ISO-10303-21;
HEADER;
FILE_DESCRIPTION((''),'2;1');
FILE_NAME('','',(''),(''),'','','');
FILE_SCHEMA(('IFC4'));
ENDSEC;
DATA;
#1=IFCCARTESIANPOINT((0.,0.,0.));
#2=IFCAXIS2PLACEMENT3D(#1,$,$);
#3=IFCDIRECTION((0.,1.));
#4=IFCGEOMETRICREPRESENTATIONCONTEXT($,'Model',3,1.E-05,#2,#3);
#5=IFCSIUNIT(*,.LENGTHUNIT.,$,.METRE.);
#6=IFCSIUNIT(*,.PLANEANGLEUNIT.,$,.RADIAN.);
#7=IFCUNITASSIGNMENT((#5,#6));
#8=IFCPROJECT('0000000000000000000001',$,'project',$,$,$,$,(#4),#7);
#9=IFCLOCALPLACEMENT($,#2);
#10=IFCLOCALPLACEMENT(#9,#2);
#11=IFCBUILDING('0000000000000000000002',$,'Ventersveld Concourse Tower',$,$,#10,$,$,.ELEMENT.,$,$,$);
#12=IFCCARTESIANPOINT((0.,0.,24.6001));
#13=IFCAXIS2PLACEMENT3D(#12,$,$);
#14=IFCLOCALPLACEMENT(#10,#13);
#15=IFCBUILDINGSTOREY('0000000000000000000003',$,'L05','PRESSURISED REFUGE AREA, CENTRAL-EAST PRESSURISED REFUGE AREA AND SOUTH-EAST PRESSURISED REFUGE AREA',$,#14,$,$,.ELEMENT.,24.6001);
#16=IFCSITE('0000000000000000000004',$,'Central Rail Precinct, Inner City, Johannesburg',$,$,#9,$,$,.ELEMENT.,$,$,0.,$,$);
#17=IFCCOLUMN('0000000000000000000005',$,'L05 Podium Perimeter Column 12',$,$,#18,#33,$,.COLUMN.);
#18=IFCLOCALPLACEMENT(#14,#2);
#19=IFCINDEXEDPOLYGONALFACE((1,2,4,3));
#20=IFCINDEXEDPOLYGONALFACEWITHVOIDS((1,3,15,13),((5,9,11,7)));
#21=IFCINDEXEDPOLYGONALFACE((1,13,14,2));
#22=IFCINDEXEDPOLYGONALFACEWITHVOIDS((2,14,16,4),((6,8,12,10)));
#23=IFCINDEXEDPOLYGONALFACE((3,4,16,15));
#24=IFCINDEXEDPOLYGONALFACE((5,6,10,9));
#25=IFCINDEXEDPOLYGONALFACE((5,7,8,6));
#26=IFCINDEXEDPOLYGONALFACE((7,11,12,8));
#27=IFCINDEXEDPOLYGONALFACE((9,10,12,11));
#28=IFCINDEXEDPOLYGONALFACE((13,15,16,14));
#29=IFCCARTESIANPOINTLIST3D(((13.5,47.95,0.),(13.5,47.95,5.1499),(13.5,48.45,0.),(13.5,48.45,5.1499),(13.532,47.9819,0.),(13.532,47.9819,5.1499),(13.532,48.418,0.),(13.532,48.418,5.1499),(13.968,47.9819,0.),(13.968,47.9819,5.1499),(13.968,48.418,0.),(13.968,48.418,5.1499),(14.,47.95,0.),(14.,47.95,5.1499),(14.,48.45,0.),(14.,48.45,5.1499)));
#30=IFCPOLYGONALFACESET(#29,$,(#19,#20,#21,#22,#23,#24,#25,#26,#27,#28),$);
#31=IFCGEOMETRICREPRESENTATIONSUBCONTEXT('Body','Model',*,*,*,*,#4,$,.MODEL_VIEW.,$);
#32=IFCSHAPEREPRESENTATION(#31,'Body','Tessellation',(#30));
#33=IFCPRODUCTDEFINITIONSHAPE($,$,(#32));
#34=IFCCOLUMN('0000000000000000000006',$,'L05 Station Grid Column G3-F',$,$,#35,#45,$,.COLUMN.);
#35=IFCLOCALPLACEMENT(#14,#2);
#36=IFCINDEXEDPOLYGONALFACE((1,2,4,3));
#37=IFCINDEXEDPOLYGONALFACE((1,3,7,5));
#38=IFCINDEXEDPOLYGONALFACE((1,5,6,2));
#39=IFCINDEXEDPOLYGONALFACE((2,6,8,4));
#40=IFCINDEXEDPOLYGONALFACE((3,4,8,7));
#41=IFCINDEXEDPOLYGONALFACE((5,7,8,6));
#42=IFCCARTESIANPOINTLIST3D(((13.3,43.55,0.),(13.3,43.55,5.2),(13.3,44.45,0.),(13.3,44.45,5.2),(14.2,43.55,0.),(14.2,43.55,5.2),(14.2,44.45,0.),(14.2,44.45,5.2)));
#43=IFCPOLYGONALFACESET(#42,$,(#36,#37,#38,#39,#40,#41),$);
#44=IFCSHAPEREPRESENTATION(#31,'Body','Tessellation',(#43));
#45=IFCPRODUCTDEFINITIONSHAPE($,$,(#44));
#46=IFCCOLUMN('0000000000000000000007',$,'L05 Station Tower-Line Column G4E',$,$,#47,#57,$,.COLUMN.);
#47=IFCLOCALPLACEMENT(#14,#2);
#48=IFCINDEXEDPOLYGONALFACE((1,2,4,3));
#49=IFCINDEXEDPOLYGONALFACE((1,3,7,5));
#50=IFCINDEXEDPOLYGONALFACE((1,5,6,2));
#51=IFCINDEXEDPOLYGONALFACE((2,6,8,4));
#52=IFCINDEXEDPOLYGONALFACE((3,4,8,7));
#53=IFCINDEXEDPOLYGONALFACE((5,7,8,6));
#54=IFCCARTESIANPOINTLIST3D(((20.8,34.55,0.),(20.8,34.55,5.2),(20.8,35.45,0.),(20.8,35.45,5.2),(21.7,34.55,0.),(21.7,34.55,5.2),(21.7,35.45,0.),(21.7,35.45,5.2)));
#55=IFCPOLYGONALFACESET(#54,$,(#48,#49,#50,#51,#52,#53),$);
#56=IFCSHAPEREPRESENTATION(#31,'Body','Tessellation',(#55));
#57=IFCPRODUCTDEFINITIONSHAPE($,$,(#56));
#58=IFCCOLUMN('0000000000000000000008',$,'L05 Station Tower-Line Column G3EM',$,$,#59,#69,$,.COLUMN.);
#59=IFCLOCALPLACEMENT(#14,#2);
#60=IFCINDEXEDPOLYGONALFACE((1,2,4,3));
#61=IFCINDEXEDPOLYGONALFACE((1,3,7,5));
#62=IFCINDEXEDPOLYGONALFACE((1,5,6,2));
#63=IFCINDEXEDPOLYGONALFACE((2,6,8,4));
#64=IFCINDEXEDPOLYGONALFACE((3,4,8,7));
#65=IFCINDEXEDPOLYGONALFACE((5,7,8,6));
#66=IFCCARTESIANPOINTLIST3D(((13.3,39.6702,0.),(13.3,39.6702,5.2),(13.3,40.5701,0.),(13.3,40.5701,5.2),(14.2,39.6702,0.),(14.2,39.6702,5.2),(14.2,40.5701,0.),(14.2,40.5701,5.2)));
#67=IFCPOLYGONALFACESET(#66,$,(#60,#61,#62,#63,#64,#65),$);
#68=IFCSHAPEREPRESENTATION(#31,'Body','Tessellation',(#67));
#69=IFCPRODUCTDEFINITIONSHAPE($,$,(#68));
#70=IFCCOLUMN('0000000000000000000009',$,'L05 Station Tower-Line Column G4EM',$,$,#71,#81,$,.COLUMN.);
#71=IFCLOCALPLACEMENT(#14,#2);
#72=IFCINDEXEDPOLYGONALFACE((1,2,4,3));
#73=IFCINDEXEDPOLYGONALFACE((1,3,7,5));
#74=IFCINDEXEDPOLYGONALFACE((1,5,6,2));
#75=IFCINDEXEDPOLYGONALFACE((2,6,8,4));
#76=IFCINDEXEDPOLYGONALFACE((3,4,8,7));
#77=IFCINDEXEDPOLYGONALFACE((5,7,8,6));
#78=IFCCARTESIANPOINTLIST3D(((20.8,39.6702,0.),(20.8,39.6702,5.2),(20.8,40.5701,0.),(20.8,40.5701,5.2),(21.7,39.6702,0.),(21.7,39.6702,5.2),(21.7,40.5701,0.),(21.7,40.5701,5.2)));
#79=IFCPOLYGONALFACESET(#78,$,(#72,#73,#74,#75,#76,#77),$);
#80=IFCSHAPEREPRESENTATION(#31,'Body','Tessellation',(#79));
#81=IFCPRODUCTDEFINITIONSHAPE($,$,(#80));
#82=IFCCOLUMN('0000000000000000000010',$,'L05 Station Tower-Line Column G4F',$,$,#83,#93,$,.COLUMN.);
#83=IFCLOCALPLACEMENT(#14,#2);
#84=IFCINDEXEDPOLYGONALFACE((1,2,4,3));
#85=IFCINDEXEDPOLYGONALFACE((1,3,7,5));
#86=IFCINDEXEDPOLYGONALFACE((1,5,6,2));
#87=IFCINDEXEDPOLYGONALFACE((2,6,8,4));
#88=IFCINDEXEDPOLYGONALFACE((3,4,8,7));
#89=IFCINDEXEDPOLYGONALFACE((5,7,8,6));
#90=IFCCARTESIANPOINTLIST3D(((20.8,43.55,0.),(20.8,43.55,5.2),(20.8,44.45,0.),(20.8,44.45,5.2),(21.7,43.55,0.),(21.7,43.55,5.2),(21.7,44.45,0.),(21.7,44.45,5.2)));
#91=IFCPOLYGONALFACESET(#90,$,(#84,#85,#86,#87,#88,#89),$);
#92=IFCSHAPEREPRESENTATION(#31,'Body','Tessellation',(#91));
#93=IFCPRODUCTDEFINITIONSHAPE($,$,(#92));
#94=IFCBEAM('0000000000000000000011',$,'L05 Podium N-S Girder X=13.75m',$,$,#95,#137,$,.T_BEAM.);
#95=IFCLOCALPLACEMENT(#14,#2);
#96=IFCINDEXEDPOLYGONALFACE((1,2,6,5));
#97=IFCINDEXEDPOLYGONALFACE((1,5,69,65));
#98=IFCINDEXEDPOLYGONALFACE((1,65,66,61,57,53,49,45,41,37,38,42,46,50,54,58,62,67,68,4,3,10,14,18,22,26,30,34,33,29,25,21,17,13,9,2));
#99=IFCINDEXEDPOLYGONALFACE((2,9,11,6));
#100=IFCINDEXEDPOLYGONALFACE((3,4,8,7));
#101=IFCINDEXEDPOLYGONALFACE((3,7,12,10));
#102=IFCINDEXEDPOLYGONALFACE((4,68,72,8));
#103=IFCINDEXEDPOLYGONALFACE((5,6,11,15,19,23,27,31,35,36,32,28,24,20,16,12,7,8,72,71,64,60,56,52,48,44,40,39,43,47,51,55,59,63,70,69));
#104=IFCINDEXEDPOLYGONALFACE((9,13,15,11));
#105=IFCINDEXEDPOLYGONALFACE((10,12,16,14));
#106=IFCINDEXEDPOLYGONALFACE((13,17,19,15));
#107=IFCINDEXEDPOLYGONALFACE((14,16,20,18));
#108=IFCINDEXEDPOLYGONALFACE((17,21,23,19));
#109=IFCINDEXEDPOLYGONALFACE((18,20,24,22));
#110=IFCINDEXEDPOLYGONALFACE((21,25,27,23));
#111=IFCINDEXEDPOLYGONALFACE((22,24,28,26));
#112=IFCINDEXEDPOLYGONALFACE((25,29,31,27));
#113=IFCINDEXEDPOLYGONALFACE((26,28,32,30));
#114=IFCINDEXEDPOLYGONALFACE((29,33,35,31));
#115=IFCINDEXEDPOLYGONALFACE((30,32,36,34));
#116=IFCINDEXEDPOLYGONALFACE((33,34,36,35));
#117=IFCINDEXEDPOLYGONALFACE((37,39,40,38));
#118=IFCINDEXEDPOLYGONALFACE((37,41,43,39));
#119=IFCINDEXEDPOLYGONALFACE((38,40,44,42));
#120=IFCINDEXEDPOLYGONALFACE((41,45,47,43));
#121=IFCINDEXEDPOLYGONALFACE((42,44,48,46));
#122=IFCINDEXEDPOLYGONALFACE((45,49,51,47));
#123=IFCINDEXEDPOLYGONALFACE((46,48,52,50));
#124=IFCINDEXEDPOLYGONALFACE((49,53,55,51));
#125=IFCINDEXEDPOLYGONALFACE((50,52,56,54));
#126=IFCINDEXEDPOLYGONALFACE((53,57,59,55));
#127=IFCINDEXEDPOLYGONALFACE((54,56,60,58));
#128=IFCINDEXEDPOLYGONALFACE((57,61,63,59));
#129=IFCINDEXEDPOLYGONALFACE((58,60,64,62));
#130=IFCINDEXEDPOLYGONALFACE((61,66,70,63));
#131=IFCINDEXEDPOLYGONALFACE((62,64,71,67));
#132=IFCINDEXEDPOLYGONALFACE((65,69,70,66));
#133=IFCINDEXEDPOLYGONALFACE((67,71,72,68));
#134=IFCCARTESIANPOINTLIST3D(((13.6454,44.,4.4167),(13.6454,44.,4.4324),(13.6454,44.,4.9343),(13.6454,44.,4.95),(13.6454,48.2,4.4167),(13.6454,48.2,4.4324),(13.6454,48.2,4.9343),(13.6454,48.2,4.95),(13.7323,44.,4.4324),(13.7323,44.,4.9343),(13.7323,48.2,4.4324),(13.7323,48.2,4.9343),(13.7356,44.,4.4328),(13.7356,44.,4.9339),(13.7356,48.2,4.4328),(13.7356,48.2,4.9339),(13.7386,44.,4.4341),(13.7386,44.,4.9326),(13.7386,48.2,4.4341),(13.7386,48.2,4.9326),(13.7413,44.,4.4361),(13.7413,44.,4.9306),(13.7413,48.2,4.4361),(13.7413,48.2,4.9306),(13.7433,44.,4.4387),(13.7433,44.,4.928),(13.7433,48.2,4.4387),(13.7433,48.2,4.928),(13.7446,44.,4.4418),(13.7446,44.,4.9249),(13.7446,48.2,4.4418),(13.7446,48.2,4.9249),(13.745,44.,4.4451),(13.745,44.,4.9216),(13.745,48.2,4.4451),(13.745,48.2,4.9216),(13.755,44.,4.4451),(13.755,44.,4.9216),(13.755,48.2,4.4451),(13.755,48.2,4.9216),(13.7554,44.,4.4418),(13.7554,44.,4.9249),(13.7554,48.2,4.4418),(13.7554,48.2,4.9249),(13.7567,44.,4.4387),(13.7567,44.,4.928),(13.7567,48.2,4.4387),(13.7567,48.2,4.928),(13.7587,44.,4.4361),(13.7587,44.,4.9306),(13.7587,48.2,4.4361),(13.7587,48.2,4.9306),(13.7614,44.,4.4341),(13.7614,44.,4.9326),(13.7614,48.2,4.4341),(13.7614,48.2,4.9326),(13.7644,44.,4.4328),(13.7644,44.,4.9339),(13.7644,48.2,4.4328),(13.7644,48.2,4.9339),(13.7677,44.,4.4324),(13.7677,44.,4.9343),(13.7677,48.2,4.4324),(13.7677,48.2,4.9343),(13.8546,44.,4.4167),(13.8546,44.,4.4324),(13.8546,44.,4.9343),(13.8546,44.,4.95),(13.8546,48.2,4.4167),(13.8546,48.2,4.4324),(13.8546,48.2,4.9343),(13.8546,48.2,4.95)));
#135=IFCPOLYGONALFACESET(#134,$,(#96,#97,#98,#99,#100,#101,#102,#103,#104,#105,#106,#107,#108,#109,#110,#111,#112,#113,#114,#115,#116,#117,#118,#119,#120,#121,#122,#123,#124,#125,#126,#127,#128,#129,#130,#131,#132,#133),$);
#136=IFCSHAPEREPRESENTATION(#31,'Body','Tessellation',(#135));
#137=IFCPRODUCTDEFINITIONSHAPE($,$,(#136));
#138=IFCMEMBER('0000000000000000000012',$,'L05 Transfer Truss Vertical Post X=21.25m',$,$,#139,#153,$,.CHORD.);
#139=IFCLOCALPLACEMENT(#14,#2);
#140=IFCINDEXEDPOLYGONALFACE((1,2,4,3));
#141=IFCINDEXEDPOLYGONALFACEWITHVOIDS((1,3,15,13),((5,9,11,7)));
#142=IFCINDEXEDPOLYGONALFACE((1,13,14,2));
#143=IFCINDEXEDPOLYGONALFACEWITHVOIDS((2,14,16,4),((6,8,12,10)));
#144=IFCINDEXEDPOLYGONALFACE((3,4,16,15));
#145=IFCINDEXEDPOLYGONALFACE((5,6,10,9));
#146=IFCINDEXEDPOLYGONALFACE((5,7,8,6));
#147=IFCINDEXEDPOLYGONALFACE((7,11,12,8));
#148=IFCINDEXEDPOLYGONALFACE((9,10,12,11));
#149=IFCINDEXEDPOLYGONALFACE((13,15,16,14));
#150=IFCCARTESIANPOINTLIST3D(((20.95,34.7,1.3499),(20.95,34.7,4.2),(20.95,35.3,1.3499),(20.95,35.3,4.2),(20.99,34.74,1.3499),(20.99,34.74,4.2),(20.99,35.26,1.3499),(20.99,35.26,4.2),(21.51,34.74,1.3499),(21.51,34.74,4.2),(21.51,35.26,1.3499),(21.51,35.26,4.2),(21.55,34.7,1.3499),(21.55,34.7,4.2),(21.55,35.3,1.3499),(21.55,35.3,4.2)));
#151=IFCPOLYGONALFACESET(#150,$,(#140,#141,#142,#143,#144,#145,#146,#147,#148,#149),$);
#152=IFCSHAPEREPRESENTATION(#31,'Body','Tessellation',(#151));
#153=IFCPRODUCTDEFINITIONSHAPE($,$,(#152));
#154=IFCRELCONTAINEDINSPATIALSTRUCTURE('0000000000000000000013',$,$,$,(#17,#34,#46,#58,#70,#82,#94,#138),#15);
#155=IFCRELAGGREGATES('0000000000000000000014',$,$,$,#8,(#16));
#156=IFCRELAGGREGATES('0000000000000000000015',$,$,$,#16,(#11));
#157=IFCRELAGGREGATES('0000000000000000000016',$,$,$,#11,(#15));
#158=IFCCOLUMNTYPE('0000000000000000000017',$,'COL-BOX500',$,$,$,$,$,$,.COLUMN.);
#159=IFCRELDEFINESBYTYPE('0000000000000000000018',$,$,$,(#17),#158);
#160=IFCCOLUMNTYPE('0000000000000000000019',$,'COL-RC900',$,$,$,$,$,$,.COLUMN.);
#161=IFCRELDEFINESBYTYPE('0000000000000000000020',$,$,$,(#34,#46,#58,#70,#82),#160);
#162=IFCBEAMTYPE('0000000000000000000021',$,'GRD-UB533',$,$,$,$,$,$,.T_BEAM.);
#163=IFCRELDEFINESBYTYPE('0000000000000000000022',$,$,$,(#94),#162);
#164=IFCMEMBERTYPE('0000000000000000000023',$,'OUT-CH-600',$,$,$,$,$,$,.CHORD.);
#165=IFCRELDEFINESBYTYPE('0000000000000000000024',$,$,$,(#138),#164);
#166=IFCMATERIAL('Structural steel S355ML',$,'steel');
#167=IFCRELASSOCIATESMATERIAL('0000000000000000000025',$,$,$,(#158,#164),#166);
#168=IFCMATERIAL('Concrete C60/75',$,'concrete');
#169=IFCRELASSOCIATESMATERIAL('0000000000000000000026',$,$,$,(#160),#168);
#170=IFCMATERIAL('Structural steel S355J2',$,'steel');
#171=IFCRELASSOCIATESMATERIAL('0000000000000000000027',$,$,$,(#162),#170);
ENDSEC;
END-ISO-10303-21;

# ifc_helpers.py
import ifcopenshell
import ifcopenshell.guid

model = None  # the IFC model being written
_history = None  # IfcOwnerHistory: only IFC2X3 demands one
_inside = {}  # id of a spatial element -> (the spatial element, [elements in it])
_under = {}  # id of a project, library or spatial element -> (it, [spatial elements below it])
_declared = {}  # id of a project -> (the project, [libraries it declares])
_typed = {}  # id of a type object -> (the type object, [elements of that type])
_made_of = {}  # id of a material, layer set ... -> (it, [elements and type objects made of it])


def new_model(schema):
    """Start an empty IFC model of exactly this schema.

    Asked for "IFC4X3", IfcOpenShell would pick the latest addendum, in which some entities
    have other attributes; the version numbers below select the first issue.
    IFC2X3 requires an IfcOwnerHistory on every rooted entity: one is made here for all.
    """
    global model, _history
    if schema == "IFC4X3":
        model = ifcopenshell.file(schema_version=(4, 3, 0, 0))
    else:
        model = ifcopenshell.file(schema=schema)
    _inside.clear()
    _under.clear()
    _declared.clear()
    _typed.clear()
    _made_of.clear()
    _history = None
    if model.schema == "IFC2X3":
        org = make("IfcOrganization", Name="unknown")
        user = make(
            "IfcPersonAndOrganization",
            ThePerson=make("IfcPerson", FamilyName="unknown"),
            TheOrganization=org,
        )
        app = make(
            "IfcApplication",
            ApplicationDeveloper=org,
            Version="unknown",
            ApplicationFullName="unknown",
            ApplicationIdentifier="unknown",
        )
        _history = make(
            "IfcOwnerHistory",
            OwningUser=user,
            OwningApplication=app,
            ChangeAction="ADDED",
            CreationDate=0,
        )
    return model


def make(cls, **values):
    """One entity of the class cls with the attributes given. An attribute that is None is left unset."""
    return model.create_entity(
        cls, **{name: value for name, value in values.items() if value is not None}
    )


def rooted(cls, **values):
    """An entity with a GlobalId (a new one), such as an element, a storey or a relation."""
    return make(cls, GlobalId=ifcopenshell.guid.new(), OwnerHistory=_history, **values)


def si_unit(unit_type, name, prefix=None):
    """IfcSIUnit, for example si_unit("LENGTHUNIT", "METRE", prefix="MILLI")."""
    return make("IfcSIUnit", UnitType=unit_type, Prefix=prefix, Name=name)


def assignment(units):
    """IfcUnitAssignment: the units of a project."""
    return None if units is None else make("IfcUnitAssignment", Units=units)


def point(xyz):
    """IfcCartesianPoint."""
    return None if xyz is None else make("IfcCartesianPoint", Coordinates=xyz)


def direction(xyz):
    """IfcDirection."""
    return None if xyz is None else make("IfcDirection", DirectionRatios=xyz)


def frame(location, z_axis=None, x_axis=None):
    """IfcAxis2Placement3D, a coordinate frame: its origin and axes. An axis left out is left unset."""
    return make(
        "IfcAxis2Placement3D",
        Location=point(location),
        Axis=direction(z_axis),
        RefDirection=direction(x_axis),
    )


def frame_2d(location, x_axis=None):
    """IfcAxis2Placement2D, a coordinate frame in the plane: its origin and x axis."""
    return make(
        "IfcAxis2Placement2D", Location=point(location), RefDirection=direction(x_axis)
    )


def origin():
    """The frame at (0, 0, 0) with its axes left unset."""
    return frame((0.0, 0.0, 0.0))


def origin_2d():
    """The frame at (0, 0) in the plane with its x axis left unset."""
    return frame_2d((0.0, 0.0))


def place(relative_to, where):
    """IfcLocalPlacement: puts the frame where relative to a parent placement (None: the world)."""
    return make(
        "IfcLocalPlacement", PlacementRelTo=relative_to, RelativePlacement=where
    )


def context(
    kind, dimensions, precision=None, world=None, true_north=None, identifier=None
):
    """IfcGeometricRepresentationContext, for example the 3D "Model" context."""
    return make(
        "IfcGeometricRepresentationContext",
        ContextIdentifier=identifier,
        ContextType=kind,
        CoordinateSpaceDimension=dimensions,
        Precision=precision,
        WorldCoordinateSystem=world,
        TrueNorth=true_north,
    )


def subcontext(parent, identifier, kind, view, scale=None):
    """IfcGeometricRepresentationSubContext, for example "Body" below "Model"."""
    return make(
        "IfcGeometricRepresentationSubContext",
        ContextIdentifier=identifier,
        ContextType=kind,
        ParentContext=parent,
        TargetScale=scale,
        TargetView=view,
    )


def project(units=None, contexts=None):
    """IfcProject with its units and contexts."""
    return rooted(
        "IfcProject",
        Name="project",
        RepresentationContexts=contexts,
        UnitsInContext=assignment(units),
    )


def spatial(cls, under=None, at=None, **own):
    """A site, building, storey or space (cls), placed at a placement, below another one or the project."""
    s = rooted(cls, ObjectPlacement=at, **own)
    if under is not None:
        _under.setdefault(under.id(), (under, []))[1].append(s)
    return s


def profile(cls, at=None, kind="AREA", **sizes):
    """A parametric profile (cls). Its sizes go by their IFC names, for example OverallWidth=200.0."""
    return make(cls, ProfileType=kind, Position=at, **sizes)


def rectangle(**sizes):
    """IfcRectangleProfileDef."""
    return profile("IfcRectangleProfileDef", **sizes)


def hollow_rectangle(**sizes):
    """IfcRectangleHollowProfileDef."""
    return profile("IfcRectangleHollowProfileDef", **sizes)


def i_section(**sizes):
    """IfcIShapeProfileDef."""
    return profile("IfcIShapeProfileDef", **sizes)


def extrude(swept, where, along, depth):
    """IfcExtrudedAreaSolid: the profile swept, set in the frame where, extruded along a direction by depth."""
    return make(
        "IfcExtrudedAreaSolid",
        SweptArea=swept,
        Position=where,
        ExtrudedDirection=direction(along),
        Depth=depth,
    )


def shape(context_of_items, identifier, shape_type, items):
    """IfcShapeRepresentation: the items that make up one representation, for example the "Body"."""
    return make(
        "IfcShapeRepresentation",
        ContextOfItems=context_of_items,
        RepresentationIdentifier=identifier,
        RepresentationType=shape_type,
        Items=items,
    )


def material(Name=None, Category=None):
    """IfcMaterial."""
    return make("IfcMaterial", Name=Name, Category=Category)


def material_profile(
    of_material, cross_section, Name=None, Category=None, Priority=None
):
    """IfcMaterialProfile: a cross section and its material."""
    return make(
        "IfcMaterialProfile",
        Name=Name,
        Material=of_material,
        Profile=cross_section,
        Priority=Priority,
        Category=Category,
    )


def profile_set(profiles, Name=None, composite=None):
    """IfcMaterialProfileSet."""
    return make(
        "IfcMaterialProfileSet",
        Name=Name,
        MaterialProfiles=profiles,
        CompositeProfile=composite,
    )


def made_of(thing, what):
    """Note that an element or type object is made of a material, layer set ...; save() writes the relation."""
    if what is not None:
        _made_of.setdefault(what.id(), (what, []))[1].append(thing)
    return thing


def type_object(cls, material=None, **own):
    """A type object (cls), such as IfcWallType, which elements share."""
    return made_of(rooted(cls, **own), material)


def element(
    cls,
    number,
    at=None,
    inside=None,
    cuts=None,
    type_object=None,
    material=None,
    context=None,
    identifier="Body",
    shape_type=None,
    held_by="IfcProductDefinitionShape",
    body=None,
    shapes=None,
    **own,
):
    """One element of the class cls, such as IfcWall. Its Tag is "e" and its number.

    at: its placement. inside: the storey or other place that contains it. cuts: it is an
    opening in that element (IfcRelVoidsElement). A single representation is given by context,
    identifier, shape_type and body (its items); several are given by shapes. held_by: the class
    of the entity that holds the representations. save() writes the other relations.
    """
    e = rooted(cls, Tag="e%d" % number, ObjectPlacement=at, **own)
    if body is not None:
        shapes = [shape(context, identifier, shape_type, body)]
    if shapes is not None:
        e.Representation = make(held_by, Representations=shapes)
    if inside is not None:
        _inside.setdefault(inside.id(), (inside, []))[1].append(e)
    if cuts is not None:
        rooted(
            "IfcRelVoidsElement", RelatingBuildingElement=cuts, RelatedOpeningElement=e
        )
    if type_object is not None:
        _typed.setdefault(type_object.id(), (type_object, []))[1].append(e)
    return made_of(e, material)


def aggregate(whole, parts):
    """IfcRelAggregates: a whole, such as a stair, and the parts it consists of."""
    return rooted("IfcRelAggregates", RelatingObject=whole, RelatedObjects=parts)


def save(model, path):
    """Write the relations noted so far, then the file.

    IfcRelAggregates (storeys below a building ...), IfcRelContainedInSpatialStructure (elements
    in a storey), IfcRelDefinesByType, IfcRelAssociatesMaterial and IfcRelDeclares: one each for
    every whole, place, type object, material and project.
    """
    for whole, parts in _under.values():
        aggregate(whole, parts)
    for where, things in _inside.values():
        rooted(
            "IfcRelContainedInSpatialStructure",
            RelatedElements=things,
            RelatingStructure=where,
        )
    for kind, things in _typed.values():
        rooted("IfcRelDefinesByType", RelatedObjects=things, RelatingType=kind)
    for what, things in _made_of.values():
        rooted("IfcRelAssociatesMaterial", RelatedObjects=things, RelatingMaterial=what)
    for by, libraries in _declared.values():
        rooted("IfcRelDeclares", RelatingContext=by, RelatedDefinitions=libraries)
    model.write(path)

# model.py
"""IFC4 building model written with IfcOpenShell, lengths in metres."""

from ifc_helpers import new_model, si_unit, direction, frame, origin, origin_2d, place, context, subcontext, project, spatial, rectangle, hollow_rectangle, i_section, extrude, material, material_profile, profile_set, type_object, element, save


model = new_model("IFC4")

# Units and contexts
model_context = context("Model", 3, precision=1e-05, world=origin(), true_north=direction((0.0, 1.0)))
body_context = subcontext(model_context, "Body", "Model", "MODEL_VIEW")
ifc_project = project(units=[si_unit("LENGTHUNIT", "METRE"), si_unit("PLANEANGLEUNIT", "RADIAN")], contexts=[model_context])

# Site, building, storey
site_placement = place(None, origin())
site = spatial("IfcSite", under=ifc_project, at=site_placement, Name="Central Rail Precinct, Inner City, Johannesburg", CompositionType="ELEMENT", RefElevation=0.0)
building_placement = place(site_placement, origin())
building = spatial("IfcBuilding", under=site, at=building_placement, Name="Ventersveld Concourse Tower", CompositionType="ELEMENT")
storey_placement = place(building_placement, frame((0.0, 0.0, 24.6001)))
storey = spatial("IfcBuildingStorey", under=building, at=storey_placement, Name="L05", Description="PRESSURISED REFUGE AREA, CENTRAL-EAST PRESSURISED REFUGE AREA AND SOUTH-EAST PRESSURISED REFUGE AREA", CompositionType="ELEMENT", Elevation=24.6001)

# Columns
ifc_material_1 = material(Name="Structural steel S355ML", Category="steel")
ifc_material_profile_1 = material_profile(ifc_material_1, hollow_rectangle(XDim=0.5, YDim=0.5, WallThickness=0.032, at=origin_2d()), Name="BOX 500x500x32")
ifc_profile_set_1 = profile_set([ifc_material_profile_1], Name="Structural steel S355ML")
column_type_1 = type_object("IfcColumnType", Name="COL-BOX500", PredefinedType="COLUMN", material=ifc_profile_set_1)
column_placement = place(storey_placement, frame((13.75, 48.2, 0.0), z_axis=(0.0, 0.0, 1.0), x_axis=(1.0, 0.0, 0.0)))
element("IfcColumn", 1, at=column_placement, inside=storey, type_object=column_type_1, Name="L05 Podium Perimeter Column 12", PredefinedType="COLUMN", context=body_context, shape_type="SweptSolid", body=[
    extrude(hollow_rectangle(XDim=0.5, YDim=0.5, WallThickness=0.032, at=origin_2d()), origin(), (0.0, 0.0, 1.0), 5.1499),
])
ifc_material_2 = material(Name="Concrete C60/75", Category="concrete")
ifc_material_profile_2 = material_profile(ifc_material_2, rectangle(XDim=0.8999, YDim=0.8999, at=origin_2d()), Name="RC 900x900")
ifc_profile_set_2 = profile_set([ifc_material_profile_2], Name="Concrete C60/75")
column_type_2 = type_object("IfcColumnType", Name="COL-RC900", PredefinedType="COLUMN", material=ifc_profile_set_2)
for number, where, z_axis, x_axis, name in (
    (2, (13.75, 44.0, 0.0), (0.0, 0.0, 1.0), (1.0, 0.0, 0.0), "L05 Station Grid Column G3-F"),
    (3, (21.25, 35.0, 0.0), (0.0, 0.0, 1.0), (1.0, 0.0, 0.0), "L05 Station Tower-Line Column G4E"),
    (4, (13.75, 40.1201, 0.0), (0.0, 0.0, 1.0), (1.0, 0.0, 0.0), "L05 Station Tower-Line Column G3EM"),
    (5, (21.25, 40.1201, 0.0), (0.0, 0.0, 1.0), (1.0, 0.0, 0.0), "L05 Station Tower-Line Column G4EM"),
    (6, (21.25, 44.0, 0.0), (0.0, 0.0, 1.0), (1.0, 0.0, 0.0), "L05 Station Tower-Line Column G4F"),
):
    element("IfcColumn", number, at=place(storey_placement, frame(where, z_axis=z_axis, x_axis=x_axis)), inside=storey, type_object=column_type_2, Name=name, PredefinedType="COLUMN", context=body_context, shape_type="SweptSolid", body=[
        extrude(rectangle(XDim=0.8999, YDim=0.8999, at=origin_2d()), origin(), (0.0, 0.0, 1.0), 5.2),
    ])

# Beam
ifc_material_3 = material(Name="Structural steel S355J2", Category="steel")
ifc_material_profile_3 = material_profile(ifc_material_3, i_section(OverallWidth=0.2092, OverallDepth=0.5332, WebThickness=0.01, FlangeThickness=0.0156, FilletRadius=0.0127, at=origin_2d()), Name="UB 533x210x92")
ifc_profile_set_3 = profile_set([ifc_material_profile_3], Name="Structural steel S355J2")
beam_type_1 = type_object("IfcBeamType", Name="GRD-UB533", PredefinedType="T_BEAM", material=ifc_profile_set_3)
beam_1_placement = place(storey_placement, frame((13.75, 44.0, 4.6833), z_axis=(0.0, 1.0, 0.0), x_axis=(-1.0, 0.0, 0.0)))
element("IfcBeam", 7, at=beam_1_placement, inside=storey, type_object=beam_type_1, Name="L05 Podium N-S Girder X=13.75m", PredefinedType="T_BEAM", context=body_context, shape_type="SweptSolid", body=[
    extrude(i_section(OverallWidth=0.2092, OverallDepth=0.5332, WebThickness=0.01, FlangeThickness=0.0156, FilletRadius=0.0127, at=origin_2d()), origin(), (0.0, 0.0, 1.0), 4.2),
])

# Member
ifc_material_profile_4 = material_profile(ifc_material_1, hollow_rectangle(XDim=0.6001, YDim=0.6001, WallThickness=0.04, at=origin_2d()), Name="BOX 600x600x40")
ifc_profile_set_4 = profile_set([ifc_material_profile_4], Name="Structural steel S355ML")
member_type_1 = type_object("IfcMemberType", Name="OUT-CH-600", PredefinedType="CHORD", material=ifc_profile_set_4)
member_1_placement = place(storey_placement, frame((21.25, 35.0, 1.3499), z_axis=(0.0, 0.0, 1.0), x_axis=(1.0, 0.0, 0.0)))
element("IfcMember", 8, at=member_1_placement, inside=storey, type_object=member_type_1, Name="L05 Transfer Truss Vertical Post X=21.25m", PredefinedType="CHORD", context=body_context, shape_type="SweptSolid", body=[
    extrude(hollow_rectangle(XDim=0.6001, YDim=0.6001, WallThickness=0.04, at=origin_2d()), origin(), (0.0, 0.0, 1.0), 2.8501),
])

save(model, "model.ifc")
